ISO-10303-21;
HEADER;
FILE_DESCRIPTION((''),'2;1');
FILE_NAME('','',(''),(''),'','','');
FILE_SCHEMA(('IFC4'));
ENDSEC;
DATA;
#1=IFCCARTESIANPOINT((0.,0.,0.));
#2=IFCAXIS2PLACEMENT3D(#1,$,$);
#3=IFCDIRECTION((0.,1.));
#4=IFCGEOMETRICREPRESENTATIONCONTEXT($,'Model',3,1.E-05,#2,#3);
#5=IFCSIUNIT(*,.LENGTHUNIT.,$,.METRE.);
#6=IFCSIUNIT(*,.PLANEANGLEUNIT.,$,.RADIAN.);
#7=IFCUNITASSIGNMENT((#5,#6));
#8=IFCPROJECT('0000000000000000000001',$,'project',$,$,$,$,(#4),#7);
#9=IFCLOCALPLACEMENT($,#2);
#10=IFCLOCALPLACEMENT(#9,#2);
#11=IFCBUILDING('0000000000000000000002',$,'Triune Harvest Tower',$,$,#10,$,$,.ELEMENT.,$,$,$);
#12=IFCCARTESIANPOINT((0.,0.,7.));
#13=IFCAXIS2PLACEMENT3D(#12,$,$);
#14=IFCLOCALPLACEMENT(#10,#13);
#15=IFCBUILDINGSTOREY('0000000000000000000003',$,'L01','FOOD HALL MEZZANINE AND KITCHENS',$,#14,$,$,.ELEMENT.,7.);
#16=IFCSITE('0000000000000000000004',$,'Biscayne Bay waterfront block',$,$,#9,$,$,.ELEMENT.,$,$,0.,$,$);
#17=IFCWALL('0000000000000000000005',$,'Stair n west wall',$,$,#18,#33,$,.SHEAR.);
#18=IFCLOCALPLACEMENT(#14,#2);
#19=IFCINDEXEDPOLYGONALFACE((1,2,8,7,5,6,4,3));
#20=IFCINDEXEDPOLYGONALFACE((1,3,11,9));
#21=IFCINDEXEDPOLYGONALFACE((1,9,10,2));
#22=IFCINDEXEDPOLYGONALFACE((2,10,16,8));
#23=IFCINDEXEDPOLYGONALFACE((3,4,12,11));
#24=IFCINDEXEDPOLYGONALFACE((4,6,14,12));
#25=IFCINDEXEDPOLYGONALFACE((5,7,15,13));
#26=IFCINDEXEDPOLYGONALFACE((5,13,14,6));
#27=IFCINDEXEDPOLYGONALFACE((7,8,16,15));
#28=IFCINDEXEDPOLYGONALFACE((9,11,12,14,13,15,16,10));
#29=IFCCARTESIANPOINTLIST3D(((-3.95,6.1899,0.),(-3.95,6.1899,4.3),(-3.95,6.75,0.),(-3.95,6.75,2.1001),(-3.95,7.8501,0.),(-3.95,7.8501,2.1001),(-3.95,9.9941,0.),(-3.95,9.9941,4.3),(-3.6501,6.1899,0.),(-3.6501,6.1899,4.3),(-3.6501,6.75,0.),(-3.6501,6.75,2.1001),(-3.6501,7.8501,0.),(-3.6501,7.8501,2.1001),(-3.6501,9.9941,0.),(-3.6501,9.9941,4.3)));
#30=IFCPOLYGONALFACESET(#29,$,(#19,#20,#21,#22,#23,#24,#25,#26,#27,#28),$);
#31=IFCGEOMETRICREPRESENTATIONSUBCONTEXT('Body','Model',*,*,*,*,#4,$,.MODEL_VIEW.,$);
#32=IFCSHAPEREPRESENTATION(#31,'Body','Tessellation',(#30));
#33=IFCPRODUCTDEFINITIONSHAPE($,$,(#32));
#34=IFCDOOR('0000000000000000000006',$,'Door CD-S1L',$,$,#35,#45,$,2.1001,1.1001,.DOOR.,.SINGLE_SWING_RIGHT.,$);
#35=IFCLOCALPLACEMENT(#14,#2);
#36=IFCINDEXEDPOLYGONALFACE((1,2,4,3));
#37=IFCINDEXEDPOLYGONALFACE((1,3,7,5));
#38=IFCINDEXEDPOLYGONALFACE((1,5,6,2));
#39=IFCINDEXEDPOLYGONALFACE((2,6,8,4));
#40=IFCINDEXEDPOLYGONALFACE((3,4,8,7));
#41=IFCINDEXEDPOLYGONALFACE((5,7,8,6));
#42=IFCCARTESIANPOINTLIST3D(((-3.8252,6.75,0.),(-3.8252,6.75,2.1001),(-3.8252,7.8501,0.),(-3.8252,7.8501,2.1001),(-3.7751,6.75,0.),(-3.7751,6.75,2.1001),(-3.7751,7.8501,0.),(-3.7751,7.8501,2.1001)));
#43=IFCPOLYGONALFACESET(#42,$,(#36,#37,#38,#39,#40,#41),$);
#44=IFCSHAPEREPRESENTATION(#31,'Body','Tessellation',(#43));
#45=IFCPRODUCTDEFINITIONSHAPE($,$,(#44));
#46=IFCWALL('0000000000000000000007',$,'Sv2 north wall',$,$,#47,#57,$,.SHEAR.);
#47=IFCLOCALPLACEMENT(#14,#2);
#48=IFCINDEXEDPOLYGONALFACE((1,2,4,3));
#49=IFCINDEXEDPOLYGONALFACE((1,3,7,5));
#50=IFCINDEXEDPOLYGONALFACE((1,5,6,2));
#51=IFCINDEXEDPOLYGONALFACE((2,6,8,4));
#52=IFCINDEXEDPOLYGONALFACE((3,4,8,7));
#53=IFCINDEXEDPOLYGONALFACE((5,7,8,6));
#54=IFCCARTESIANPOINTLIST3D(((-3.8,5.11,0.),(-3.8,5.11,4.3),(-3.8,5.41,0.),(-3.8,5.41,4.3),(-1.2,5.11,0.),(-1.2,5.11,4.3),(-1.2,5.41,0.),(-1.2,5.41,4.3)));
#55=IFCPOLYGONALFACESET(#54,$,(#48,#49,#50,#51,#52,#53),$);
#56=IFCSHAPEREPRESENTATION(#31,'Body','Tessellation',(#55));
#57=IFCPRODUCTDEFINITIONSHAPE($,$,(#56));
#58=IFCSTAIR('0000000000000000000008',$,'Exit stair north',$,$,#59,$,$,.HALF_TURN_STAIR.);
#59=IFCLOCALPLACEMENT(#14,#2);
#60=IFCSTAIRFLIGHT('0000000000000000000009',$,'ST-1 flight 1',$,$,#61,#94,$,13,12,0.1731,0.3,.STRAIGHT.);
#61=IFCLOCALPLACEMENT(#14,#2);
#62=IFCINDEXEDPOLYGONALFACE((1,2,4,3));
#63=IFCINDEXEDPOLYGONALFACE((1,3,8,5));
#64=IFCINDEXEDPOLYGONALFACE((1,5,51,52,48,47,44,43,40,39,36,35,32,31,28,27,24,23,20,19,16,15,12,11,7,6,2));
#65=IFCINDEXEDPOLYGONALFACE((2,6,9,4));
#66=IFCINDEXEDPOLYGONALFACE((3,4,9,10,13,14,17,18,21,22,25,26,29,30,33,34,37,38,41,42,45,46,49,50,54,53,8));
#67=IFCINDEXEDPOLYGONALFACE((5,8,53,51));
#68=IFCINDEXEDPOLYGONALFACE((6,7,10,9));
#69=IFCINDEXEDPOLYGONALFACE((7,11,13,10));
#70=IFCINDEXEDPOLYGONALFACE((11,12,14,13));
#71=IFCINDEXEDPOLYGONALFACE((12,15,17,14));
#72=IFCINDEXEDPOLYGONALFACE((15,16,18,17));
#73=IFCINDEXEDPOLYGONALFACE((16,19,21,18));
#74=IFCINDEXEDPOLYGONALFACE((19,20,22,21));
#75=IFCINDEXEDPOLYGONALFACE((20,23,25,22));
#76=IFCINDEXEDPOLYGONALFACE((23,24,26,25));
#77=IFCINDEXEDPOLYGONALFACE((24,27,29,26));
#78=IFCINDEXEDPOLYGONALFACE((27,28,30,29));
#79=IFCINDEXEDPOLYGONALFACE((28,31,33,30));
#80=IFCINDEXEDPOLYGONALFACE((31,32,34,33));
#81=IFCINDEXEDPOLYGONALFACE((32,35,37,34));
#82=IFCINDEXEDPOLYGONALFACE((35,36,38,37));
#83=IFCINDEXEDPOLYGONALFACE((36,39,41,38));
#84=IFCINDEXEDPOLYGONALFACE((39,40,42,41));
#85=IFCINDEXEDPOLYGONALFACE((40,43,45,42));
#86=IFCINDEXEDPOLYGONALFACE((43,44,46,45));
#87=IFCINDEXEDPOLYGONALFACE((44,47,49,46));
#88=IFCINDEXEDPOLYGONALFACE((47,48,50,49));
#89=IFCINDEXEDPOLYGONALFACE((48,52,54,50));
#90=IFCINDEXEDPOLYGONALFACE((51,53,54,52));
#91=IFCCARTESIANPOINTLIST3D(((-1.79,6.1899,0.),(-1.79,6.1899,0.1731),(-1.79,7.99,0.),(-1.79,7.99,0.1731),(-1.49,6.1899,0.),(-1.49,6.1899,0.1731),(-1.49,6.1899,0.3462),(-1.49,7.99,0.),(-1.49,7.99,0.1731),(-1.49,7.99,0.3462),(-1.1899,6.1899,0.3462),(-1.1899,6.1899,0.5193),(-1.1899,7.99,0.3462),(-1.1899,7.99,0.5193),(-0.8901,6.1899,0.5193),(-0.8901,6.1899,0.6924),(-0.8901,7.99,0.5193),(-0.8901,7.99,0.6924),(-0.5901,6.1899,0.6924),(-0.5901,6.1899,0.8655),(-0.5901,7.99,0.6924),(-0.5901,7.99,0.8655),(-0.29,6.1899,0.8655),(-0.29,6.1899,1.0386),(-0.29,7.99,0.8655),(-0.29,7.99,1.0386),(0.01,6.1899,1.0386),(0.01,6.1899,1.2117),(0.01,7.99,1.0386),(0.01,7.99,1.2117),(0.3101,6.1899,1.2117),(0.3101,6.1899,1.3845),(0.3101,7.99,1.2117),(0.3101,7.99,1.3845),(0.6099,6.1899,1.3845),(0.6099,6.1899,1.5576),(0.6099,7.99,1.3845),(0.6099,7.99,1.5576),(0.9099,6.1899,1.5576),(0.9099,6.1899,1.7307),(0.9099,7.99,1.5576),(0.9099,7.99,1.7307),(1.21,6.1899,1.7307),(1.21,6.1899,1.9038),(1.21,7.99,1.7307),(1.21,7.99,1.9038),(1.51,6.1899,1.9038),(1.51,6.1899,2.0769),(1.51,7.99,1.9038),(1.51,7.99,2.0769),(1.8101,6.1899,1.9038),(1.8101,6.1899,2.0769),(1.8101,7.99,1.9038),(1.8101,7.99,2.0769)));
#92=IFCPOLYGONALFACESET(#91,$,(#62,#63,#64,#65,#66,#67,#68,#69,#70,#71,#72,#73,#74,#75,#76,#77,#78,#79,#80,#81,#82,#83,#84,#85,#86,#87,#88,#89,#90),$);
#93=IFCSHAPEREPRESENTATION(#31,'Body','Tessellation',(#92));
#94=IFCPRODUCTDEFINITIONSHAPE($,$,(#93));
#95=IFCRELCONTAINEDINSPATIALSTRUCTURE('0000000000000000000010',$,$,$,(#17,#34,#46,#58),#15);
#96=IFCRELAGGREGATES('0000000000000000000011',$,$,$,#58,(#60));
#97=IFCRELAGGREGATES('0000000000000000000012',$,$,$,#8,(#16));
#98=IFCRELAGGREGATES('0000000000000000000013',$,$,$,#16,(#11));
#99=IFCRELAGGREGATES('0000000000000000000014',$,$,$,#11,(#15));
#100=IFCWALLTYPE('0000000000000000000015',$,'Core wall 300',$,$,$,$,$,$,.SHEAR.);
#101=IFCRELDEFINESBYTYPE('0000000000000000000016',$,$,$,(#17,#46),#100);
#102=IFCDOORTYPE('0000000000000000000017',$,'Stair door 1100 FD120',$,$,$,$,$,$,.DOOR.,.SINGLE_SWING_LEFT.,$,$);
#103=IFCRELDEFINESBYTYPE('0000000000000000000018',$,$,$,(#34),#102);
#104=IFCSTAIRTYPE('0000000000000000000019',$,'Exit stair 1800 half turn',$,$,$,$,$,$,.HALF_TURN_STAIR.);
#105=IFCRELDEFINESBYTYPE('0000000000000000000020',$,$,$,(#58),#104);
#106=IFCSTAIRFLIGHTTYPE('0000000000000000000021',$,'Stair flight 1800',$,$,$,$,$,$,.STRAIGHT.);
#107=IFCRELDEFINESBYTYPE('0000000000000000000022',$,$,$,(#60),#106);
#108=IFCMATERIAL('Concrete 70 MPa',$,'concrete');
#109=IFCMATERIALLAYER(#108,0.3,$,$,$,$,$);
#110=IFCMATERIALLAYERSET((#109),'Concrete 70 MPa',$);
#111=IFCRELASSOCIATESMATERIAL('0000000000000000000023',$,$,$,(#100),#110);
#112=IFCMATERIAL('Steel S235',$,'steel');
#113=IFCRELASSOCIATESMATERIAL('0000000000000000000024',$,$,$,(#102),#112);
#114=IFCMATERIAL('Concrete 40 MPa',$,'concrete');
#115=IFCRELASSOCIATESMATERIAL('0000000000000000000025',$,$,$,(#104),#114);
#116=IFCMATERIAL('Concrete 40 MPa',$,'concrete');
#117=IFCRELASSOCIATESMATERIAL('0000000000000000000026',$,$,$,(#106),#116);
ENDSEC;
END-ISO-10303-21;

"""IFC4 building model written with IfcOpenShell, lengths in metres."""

from ifc_helpers import new_model, si_unit, direction, frame, frame_2d, origin, place, context, subcontext, project, spatial, polyline, rectangle, outline, extrude, source, transform, mapped, material, layer, layer_set, type_object, element, fill, aggregate, save


model = new_model("IFC4")

# Units and contexts
model_context = context("Model", 3, precision=1e-05, world=origin(), true_north=direction((0.0, 1.0)))
body_context = subcontext(model_context, "Body", "Model", "MODEL_VIEW")
ifc_project = project(units=[si_unit("LENGTHUNIT", "METRE"), si_unit("PLANEANGLEUNIT", "RADIAN")], contexts=[model_context])

# Site, building, storey
site_placement = place(None, origin())
site = spatial("IfcSite", under=ifc_project, at=site_placement, Name="Biscayne Bay waterfront block", CompositionType="ELEMENT", RefElevation=0.0)
building_placement = place(site_placement, origin())
building = spatial("IfcBuilding", under=site, at=building_placement, Name="Triune Harvest Tower", CompositionType="ELEMENT")
storey_placement = place(building_placement, frame((0.0, 0.0, 7.0)))
storey = spatial("IfcBuildingStorey", under=building, at=storey_placement, Name="L01", Description="FOOD HALL MEZZANINE AND KITCHENS", CompositionType="ELEMENT", Elevation=7.0)

# Shared definitions
ifc_material_1 = material(Name="Concrete 70 MPa", Category="concrete")
ifc_layer_1 = layer(ifc_material_1, 0.3)
ifc_layer_set_1 = layer_set([ifc_layer_1], Name="Concrete 70 MPa")
wall_type_1 = type_object("IfcWallType", Name="Core wall 300", PredefinedType="SHEAR", material=ifc_layer_set_1)

# Wall, opening, door
shared_shape_1 = source(origin(), body_context, "Body", "SweptSolid", [
    extrude(outline(polyline([(0.0, -0.1499), (0.0, 0.1499), (3.8042, 0.1499), (3.8042, -0.1499), (0.0, -0.1499)])), origin(), (0.0, 0.0, 1.0), 4.3),
])
wall_1_placement = place(storey_placement, frame((-3.8, 6.1899, 0.0), z_axis=(0.0, 0.0, 1.0), x_axis=(0.0, 1.0, 0.0)))
wall_1 = element("IfcWall", 1, at=wall_1_placement, inside=storey, type_object=wall_type_1, Name="Stair n west wall", PredefinedType="SHEAR", context=body_context, shape_type="MappedRepresentation", body=[
    mapped(shared_shape_1, transform((0.0, 0.0, 0.0), scale=1.0)),
])
opening_1_placement = place(wall_1_placement, frame((0.5601, 0.0, 0.0)))
opening_1 = element("IfcOpeningElement", 2, at=opening_1_placement, cuts=wall_1, PredefinedType="OPENING", context=body_context, shape_type="SweptSolid", body=[
    extrude(rectangle(XDim=1.1001, YDim=2.1001, at=frame_2d((0.55, 1.05))), frame((0.0, 0.1602, 0.0), z_axis=(0.0, -1.0, 0.0), x_axis=(1.0, 0.0, 0.0)), (0.0, 0.0, 1.0), 0.3201),
])
ifc_material_2 = material(Name="Steel S235", Category="steel")
door_type_1 = type_object("IfcDoorType", Name="Stair door 1100 FD120", OperationType="SINGLE_SWING_LEFT", PredefinedType="DOOR", material=ifc_material_2)
door_1_placement = place(opening_1_placement, frame((1.1001, 0.0, 0.0), z_axis=(0.0, 0.0, 1.0), x_axis=(-1.0, 0.0, 0.0)))
door_1 = element("IfcDoor", 3, at=door_1_placement, inside=storey, type_object=door_type_1, Name="Door CD-S1L", OperationType="SINGLE_SWING_RIGHT", OverallHeight=2.1001, OverallWidth=1.1001, PredefinedType="DOOR", context=body_context, shape_type="SweptSolid", body=[
    extrude(rectangle(XDim=1.1001, YDim=2.1001, at=frame_2d((0.55, 1.05))), frame((0.0, 0.0249, 0.0), z_axis=(0.0, -1.0, 0.0), x_axis=(1.0, 0.0, 0.0)), (0.0, 0.0, 1.0), 0.05),
])
fill(opening_1, door_1)

# Wall
shared_shape_2 = source(origin(), body_context, "Body", "SweptSolid", [
    extrude(rectangle(XDim=2.6001, YDim=0.3, at=frame_2d((1.3, 0.0))), origin(), (0.0, 0.0, 1.0), 4.3),
])
wall_2_placement = place(storey_placement, frame((-3.8, 5.26, 0.0), z_axis=(0.0, 0.0, 1.0), x_axis=(1.0, 0.0, 0.0)))
element("IfcWall", 4, at=wall_2_placement, inside=storey, type_object=wall_type_1, Name="Sv2 north wall", PredefinedType="SHEAR", context=body_context, shape_type="MappedRepresentation", body=[
    mapped(shared_shape_2, transform((0.0, 0.0, 0.0), scale=1.0)),
])

# Stair, stair flight
ifc_material_3 = material(Name="Concrete 40 MPa", Category="concrete")
stair_type = type_object("IfcStairType", Name="Exit stair 1800 half turn", PredefinedType="HALF_TURN_STAIR", material=ifc_material_3)
stair_placement = place(storey_placement, origin())
stair = element("IfcStair", 5, at=stair_placement, inside=storey, type_object=stair_type, Name="Exit stair north", PredefinedType="HALF_TURN_STAIR")
ifc_material_4 = material(Name="Concrete 40 MPa", Category="concrete")
stair_flight_type = type_object("IfcStairFlightType", Name="Stair flight 1800", PredefinedType="STRAIGHT", material=ifc_material_4)
shared_shape_3 = source(origin(), body_context, "Body", "SweptSolid", [
    extrude(outline(polyline([(0.0, 0.0), (0.0, 0.1731), (0.3, 0.1731), (0.3, 0.3462), (0.6001, 0.3462), (0.6001, 0.5193), (0.8999, 0.5193), (0.8999, 0.6924), (1.2, 0.6924), (1.2, 0.8655), (1.5, 0.8655), (1.5, 1.0386), (1.8, 1.0386), (1.8, 1.2117), (2.1001, 1.2117), (2.1001, 1.3845), (2.3999, 1.3845), (2.3999, 1.5576), (2.7, 1.5576), (2.7, 1.7307), (3.0, 1.7307), (3.0, 1.9038), (3.3, 1.9038), (3.3, 2.0769), (3.6001, 2.0769), (3.6001, 2.25), (3.6001, 1.9038), (0.3, 0.0), (0.0, 0.0)])), frame((0.0, 0.8999, 0.0), z_axis=(0.0, -1.0, 0.0), x_axis=(1.0, 0.0, 0.0)), (0.0, 0.0, 1.0), 1.8),
])
stair_flight_placement = place(storey_placement, frame((-1.79, 7.0901, 0.0), z_axis=(0.0, 0.0, 1.0), x_axis=(1.0, 0.0, 0.0)))
stair_flight = element("IfcStairFlight", 6, at=stair_flight_placement, type_object=stair_flight_type, Name="ST-1 flight 1", NumberOfRisers=13, NumberOfTreads=12, PredefinedType="STRAIGHT", RiserHeight=0.1731, TreadLength=0.3, context=body_context, shape_type="MappedRepresentation", body=[
    mapped(shared_shape_3, transform((0.0, 0.0, 0.0), scale=1.0)),
])
aggregate(stair, [stair_flight])

save(model, "model.ifc")
